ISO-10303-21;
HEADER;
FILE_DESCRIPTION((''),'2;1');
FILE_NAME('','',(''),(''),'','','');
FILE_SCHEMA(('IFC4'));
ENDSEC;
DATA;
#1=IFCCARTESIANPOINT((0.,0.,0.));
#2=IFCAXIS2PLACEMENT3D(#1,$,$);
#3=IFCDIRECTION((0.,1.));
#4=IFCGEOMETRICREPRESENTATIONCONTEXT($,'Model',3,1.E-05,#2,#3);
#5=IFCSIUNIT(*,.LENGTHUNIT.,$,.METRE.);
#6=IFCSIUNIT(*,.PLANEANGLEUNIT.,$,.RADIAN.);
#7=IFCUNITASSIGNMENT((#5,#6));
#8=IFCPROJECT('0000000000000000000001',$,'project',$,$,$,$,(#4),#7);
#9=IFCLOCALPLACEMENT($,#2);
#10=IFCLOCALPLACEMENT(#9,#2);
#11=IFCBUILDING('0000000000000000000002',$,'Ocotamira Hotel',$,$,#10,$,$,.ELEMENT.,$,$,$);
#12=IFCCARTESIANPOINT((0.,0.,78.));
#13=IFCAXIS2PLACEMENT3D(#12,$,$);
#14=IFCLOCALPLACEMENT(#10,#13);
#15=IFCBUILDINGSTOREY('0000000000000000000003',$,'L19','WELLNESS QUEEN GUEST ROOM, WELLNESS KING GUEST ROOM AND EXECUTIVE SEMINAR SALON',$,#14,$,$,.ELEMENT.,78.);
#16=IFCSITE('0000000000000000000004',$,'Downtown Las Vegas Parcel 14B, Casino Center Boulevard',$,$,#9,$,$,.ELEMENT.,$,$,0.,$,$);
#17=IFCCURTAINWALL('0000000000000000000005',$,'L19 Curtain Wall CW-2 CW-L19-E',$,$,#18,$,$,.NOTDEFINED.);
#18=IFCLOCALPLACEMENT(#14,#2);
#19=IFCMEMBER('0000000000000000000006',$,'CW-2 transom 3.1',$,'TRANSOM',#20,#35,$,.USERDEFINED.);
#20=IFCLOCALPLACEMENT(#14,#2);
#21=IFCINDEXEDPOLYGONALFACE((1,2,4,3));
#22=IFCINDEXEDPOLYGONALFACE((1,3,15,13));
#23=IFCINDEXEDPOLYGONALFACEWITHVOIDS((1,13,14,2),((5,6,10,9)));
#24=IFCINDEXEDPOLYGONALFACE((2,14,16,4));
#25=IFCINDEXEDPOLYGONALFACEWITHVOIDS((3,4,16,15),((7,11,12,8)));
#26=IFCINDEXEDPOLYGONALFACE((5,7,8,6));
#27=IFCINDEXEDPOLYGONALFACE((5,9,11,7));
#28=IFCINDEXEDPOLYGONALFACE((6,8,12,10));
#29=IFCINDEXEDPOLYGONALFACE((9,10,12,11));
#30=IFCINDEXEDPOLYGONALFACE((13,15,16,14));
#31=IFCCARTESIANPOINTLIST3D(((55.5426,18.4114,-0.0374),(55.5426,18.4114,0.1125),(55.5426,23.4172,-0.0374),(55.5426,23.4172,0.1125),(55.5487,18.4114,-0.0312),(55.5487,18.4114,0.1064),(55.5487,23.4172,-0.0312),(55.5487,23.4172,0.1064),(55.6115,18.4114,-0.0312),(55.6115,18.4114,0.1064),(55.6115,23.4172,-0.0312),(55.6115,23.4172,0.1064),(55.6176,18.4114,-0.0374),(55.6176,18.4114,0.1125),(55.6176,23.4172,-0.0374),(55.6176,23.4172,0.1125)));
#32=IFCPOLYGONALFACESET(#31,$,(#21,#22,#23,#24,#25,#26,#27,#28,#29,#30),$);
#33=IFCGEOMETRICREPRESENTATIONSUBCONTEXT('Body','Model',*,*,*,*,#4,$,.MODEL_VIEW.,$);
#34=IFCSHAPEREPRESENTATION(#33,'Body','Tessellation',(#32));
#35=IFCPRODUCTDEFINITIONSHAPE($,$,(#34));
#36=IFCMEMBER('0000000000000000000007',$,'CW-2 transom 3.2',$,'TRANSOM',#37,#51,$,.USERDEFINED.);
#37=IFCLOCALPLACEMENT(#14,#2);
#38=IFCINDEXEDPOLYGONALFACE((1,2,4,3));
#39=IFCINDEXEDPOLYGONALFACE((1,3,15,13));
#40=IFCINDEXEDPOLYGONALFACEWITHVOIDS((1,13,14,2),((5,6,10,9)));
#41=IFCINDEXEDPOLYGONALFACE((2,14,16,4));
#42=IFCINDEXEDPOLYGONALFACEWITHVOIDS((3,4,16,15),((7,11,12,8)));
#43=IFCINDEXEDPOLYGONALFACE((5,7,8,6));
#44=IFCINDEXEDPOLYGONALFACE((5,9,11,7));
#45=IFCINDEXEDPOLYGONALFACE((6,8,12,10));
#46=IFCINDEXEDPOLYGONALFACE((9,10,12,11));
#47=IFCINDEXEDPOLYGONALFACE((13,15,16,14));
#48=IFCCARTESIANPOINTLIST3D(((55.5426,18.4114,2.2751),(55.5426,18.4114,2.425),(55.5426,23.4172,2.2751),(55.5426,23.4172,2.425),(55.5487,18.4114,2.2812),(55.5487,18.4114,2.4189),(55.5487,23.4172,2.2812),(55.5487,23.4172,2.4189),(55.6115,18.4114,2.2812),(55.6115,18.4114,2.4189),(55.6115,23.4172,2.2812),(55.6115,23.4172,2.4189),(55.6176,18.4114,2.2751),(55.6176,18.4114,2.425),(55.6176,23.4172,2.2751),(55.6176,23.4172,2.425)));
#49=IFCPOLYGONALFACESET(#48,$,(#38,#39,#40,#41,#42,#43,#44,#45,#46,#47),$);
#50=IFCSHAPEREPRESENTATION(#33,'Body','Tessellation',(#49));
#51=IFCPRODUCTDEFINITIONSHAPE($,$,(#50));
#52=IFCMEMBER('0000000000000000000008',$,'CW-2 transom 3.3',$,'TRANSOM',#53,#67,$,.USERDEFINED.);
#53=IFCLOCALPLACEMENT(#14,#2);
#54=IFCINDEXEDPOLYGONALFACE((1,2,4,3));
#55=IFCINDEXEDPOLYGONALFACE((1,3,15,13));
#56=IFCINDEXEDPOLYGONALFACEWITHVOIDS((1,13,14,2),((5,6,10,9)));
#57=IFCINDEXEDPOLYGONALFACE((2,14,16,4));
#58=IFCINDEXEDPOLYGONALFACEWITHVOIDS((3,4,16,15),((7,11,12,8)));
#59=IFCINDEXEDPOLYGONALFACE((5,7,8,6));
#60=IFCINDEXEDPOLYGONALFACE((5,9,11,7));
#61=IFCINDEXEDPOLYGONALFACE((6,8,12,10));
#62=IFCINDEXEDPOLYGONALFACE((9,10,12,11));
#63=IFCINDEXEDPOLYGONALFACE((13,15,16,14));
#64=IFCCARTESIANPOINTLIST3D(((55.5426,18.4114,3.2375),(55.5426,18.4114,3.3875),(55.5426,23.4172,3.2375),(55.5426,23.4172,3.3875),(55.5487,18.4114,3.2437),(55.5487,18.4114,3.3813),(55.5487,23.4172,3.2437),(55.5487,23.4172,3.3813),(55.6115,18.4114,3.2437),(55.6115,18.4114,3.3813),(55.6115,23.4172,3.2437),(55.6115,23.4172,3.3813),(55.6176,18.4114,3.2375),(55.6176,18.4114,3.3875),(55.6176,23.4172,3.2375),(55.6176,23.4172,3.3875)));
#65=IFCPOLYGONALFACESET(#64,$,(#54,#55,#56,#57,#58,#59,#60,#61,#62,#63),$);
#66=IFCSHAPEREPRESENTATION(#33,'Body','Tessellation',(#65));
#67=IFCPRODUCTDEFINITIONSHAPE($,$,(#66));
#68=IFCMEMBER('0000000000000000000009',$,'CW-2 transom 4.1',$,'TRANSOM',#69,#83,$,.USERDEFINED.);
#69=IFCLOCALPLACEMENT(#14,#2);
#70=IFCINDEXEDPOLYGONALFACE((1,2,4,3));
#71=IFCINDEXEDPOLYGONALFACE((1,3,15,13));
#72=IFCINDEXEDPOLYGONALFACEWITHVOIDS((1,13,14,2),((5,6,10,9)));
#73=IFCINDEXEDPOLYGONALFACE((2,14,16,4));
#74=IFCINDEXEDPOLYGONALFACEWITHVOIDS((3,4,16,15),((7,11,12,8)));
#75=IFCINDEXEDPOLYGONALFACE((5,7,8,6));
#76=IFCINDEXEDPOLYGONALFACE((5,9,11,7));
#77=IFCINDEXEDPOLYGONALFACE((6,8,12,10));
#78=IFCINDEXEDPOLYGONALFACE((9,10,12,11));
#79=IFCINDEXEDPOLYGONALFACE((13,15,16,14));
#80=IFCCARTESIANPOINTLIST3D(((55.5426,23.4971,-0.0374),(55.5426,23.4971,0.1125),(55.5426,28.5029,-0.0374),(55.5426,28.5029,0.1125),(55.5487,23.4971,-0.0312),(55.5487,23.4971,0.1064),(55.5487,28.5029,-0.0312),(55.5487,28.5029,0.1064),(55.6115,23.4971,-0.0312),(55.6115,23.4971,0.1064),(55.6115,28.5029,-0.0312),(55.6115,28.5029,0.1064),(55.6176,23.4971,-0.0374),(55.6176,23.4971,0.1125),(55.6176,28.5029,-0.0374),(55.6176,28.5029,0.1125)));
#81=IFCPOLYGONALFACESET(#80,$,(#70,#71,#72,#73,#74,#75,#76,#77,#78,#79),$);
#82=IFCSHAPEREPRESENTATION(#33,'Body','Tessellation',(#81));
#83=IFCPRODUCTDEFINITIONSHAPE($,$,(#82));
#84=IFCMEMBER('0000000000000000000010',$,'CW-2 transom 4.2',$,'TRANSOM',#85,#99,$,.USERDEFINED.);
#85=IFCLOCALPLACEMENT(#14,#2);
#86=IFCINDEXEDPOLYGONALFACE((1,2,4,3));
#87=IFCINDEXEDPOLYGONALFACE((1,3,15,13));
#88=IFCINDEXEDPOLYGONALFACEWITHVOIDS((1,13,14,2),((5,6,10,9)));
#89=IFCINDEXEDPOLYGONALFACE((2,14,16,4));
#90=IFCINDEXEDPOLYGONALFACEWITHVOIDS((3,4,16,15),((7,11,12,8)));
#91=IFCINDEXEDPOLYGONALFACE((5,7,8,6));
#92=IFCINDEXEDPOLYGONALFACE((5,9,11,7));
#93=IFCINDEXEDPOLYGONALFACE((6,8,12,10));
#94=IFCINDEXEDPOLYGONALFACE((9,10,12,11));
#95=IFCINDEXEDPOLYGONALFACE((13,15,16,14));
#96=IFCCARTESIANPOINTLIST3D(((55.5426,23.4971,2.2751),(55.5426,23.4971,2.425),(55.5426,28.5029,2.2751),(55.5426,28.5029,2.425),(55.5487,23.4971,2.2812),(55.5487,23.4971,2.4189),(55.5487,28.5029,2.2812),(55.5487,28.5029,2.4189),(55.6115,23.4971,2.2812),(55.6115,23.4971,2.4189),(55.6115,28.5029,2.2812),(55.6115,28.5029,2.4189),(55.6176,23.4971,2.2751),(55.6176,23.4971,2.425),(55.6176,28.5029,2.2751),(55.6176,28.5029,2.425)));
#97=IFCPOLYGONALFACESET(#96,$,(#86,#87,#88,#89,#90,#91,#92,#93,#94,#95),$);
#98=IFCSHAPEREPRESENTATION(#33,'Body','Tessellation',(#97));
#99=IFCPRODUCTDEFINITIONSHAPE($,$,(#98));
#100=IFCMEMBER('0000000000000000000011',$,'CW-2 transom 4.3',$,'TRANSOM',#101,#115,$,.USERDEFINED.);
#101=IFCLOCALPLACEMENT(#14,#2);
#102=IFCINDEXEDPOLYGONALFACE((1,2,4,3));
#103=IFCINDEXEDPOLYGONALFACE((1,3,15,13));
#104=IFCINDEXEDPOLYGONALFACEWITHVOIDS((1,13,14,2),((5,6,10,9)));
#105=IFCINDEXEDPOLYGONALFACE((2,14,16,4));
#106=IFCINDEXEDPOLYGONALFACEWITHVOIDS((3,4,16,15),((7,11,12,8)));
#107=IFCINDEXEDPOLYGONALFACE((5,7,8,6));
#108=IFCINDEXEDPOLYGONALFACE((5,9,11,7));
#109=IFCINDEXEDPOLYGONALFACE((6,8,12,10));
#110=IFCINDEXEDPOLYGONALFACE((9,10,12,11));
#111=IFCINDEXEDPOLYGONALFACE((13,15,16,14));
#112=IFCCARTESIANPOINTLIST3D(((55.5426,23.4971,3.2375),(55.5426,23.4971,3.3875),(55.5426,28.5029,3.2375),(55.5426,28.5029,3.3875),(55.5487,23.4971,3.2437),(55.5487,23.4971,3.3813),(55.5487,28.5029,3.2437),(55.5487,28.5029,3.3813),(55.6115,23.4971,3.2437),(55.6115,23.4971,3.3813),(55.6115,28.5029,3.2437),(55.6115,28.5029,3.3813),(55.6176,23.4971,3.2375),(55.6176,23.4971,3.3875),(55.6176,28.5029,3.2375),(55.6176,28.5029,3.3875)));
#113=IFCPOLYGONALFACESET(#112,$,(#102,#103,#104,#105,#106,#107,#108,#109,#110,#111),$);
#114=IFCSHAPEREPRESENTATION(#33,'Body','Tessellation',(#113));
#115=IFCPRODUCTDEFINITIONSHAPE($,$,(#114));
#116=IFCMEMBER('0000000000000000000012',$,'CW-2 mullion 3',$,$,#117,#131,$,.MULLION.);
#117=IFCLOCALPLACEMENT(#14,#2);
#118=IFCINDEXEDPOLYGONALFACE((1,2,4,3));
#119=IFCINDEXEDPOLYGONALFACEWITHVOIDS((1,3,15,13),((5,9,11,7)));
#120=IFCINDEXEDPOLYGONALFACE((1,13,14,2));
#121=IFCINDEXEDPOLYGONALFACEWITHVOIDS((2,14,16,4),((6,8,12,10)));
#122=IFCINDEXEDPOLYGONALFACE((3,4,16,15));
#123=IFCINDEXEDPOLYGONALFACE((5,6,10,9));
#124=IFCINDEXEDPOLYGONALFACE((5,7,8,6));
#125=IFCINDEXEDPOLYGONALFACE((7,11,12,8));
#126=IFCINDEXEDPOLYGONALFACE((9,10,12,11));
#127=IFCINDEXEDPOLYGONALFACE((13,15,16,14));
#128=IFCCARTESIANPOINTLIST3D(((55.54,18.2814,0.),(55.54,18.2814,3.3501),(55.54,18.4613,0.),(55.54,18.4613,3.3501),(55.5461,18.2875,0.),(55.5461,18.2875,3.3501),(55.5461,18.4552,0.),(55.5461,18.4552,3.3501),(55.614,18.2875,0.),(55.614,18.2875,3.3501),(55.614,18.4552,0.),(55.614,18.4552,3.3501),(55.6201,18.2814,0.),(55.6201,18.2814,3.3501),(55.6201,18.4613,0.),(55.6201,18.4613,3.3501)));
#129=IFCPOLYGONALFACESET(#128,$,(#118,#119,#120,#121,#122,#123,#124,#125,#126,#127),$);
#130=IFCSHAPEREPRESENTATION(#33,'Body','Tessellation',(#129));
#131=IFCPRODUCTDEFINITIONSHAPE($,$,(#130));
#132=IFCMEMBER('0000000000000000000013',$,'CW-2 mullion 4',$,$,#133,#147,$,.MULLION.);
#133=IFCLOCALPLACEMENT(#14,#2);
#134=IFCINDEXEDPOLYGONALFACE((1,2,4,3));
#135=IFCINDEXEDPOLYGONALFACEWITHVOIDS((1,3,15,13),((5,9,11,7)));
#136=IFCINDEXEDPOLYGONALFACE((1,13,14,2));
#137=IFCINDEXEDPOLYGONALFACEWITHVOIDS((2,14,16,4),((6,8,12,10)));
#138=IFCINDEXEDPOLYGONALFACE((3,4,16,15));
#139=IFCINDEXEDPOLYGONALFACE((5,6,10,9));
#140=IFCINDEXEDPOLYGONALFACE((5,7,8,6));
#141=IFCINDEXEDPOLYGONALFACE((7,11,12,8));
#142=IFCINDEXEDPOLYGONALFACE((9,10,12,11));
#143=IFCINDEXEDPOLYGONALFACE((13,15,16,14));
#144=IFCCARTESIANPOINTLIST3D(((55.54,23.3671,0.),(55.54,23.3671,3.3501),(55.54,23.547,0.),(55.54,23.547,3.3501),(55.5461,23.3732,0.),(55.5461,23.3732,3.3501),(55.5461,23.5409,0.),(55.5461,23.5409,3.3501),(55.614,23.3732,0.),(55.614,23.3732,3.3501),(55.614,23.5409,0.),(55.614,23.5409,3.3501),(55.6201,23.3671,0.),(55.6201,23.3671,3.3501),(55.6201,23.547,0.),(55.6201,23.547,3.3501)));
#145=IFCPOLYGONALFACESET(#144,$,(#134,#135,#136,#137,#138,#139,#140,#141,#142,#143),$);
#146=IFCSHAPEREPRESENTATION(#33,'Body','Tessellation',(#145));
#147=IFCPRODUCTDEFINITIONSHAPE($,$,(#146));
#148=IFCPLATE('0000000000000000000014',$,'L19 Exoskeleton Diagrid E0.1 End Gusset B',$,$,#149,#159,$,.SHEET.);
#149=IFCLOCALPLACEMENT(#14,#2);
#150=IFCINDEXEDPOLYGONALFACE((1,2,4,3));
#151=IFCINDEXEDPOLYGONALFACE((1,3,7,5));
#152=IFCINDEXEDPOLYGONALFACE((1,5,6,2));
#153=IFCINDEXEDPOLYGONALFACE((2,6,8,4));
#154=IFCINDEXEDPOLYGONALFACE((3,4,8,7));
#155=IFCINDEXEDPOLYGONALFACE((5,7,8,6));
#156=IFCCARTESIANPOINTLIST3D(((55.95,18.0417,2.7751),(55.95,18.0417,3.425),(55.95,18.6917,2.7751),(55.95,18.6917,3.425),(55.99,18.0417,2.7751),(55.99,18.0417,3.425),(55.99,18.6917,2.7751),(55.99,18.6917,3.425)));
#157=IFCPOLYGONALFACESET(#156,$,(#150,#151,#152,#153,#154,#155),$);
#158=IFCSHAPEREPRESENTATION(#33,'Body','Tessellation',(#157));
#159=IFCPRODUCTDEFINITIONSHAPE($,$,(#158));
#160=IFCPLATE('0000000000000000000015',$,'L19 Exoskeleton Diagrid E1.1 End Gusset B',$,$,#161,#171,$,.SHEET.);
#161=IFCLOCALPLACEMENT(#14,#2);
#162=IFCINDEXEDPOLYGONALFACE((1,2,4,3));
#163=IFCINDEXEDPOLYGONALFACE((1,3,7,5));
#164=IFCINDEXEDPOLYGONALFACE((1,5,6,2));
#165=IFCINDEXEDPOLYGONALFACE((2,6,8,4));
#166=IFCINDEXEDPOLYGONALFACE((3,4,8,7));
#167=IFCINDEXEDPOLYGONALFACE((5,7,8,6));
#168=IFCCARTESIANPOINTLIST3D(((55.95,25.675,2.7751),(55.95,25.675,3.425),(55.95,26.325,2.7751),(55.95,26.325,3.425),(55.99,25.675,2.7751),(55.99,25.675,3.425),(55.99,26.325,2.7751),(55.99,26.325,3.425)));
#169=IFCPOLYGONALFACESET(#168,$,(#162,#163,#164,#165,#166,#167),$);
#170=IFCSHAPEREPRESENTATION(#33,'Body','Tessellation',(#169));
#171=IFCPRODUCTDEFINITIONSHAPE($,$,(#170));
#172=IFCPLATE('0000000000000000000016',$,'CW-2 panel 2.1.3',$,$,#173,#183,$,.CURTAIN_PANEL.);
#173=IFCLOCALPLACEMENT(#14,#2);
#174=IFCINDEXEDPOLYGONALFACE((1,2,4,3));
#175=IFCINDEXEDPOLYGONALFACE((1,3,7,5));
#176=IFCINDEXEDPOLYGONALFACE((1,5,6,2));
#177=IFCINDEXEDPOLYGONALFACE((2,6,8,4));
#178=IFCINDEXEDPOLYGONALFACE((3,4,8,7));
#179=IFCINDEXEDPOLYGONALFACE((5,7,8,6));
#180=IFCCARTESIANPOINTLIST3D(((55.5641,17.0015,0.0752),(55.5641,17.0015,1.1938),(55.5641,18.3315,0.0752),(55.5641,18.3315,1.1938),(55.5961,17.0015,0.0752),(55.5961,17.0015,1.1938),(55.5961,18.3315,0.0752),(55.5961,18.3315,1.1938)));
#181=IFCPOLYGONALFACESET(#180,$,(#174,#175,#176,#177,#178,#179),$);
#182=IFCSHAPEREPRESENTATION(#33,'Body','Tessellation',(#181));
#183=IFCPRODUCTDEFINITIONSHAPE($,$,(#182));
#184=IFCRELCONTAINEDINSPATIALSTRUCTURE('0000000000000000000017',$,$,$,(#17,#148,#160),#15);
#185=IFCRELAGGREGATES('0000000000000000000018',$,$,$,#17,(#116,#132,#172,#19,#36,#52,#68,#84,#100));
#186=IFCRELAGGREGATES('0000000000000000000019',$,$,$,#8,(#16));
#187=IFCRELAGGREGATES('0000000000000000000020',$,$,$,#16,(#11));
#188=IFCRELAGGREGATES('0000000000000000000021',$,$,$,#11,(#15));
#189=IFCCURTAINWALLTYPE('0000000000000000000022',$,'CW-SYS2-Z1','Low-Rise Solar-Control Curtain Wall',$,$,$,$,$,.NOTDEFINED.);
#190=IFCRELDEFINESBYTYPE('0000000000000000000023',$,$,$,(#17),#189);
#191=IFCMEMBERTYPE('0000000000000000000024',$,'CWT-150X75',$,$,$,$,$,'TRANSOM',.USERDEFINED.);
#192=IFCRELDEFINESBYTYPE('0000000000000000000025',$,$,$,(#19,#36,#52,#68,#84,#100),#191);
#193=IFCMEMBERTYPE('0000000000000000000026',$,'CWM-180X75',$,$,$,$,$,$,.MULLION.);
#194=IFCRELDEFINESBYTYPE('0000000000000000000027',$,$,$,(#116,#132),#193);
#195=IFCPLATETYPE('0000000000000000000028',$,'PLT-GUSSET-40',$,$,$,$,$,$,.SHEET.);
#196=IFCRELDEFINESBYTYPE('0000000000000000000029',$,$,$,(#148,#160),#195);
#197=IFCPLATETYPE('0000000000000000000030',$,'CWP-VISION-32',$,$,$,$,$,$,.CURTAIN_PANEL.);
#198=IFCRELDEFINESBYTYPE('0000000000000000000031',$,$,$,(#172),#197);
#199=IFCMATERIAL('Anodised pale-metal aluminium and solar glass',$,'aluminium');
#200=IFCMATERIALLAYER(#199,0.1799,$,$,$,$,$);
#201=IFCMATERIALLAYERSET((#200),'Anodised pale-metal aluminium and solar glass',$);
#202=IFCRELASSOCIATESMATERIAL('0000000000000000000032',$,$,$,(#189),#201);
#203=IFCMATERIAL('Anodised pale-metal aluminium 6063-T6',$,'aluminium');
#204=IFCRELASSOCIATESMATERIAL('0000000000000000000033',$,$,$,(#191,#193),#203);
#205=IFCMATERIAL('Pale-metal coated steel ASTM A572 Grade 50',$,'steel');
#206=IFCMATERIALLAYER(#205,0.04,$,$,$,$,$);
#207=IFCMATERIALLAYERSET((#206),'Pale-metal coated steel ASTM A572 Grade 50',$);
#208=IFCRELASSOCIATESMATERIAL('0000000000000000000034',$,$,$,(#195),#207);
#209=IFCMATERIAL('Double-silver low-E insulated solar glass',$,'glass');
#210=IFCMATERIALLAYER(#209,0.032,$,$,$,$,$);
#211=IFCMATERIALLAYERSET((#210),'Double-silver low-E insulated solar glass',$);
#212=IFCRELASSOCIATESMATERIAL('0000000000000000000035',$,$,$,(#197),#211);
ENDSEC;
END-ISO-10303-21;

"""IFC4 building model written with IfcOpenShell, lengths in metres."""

from ifc_helpers import new_model, si_unit, direction, frame, origin, origin_2d, place, context, subcontext, project, spatial, rectangle, hollow_rectangle, extrude, source, transform, mapped, material, layer, layer_set, material_profile, profile_set, type_object, element, aggregate, save


model = new_model("IFC4")

# Units and contexts
model_context = context("Model", 3, precision=1e-05, world=origin(), true_north=direction((0.0, 1.0)))
body_context = subcontext(model_context, "Body", "Model", "MODEL_VIEW")
ifc_project = project(units=[si_unit("LENGTHUNIT", "METRE"), si_unit("PLANEANGLEUNIT", "RADIAN")], contexts=[model_context])

# Site, building, storey
site_placement = place(None, origin())
site = spatial("IfcSite", under=ifc_project, at=site_placement, Name="Downtown Las Vegas Parcel 14B, Casino Center Boulevard", CompositionType="ELEMENT", RefElevation=0.0)
building_placement = place(site_placement, origin())
building = spatial("IfcBuilding", under=site, at=building_placement, Name="Ocotamira Hotel", CompositionType="ELEMENT")
storey_placement = place(building_placement, frame((0.0, 0.0, 78.0)))
storey = spatial("IfcBuildingStorey", under=building, at=storey_placement, Name="L19", Description="WELLNESS QUEEN GUEST ROOM, WELLNESS KING GUEST ROOM AND EXECUTIVE SEMINAR SALON", CompositionType="ELEMENT", Elevation=78.0)

# Curtain wall, members
ifc_material_1 = material(Name="Anodised pale-metal aluminium and solar glass", Category="aluminium")
ifc_layer_1 = layer(ifc_material_1, 0.1799)
ifc_layer_set_1 = layer_set([ifc_layer_1], Name="Anodised pale-metal aluminium and solar glass")
curtain_wall_type = type_object("IfcCurtainWallType", Name="CW-SYS2-Z1", Description="Low-Rise Solar-Control Curtain Wall", PredefinedType="NOTDEFINED", material=ifc_layer_set_1)
curtain_wall_placement = place(storey_placement, origin())
curtain_wall = element("IfcCurtainWall", 1, at=curtain_wall_placement, inside=storey, type_object=curtain_wall_type, Name="L19 Curtain Wall CW-2 CW-L19-E", PredefinedType="NOTDEFINED")
ifc_material_2 = material(Name="Anodised pale-metal aluminium 6063-T6", Category="aluminium")
ifc_material_profile_1 = material_profile(ifc_material_2, hollow_rectangle(XDim=0.075, YDim=0.1499, WallThickness=0.0061, at=origin_2d()), Name="HSS150X75X6")
ifc_profile_set_1 = profile_set([ifc_material_profile_1], Name="Anodised pale-metal aluminium 6063-T6")
member_type_1 = type_object("IfcMemberType", Name="CWT-150X75", ElementType="TRANSOM", PredefinedType="USERDEFINED", material=ifc_profile_set_1)
shared_shape_1 = source(origin(), body_context, "Body", "SweptSolid", [
    extrude(hollow_rectangle(XDim=0.075, YDim=0.1499, WallThickness=0.0061, at=origin_2d()), origin(), (0.0, 0.0, 1.0), 5.0059),
])
member_1_placement = place(storey_placement, frame((55.5801, 18.4114, 0.0376), z_axis=(0.0, 1.0, 0.0), x_axis=(-1.0, 0.0, 0.0)))
member_1 = element("IfcMember", 2, at=member_1_placement, type_object=member_type_1, Name="CW-2 transom 3.1", ObjectType="TRANSOM", PredefinedType="USERDEFINED", context=body_context, shape_type="MappedRepresentation", body=[
    mapped(shared_shape_1, transform((0.0, 0.0, 0.0), scale=1.0)),
])
member_2_placement = place(storey_placement, frame((55.5801, 18.4114, 2.3501), z_axis=(0.0, 1.0, 0.0), x_axis=(-1.0, 0.0, 0.0)))
member_2 = element("IfcMember", 3, at=member_2_placement, type_object=member_type_1, Name="CW-2 transom 3.2", ObjectType="TRANSOM", PredefinedType="USERDEFINED", context=body_context, shape_type="MappedRepresentation", body=[
    mapped(shared_shape_1, transform((0.0, 0.0, 0.0), scale=1.0)),
])
member_3_placement = place(storey_placement, frame((55.5801, 18.4114, 3.3125), z_axis=(0.0, 1.0, 0.0), x_axis=(-1.0, 0.0, 0.0)))
member_3 = element("IfcMember", 4, at=member_3_placement, type_object=member_type_1, Name="CW-2 transom 3.3", ObjectType="TRANSOM", PredefinedType="USERDEFINED", context=body_context, shape_type="MappedRepresentation", body=[
    mapped(shared_shape_1, transform((0.0, 0.0, 0.0), scale=1.0)),
])
member_4_placement = place(storey_placement, frame((55.5801, 23.4971, 0.0376), z_axis=(0.0, 1.0, 0.0), x_axis=(-1.0, 0.0, 0.0)))
member_4 = element("IfcMember", 5, at=member_4_placement, type_object=member_type_1, Name="CW-2 transom 4.1", ObjectType="TRANSOM", PredefinedType="USERDEFINED", context=body_context, shape_type="MappedRepresentation", body=[
    mapped(shared_shape_1, transform((0.0, 0.0, 0.0), scale=1.0)),
])
member_5_placement = place(storey_placement, frame((55.5801, 23.4971, 2.3501), z_axis=(0.0, 1.0, 0.0), x_axis=(-1.0, 0.0, 0.0)))
member_5 = element("IfcMember", 6, at=member_5_placement, type_object=member_type_1, Name="CW-2 transom 4.2", ObjectType="TRANSOM", PredefinedType="USERDEFINED", context=body_context, shape_type="MappedRepresentation", body=[
    mapped(shared_shape_1, transform((0.0, 0.0, 0.0), scale=1.0)),
])
member_6_placement = place(storey_placement, frame((55.5801, 23.4971, 3.3125), z_axis=(0.0, 1.0, 0.0), x_axis=(-1.0, 0.0, 0.0)))
member_6 = element("IfcMember", 7, at=member_6_placement, type_object=member_type_1, Name="CW-2 transom 4.3", ObjectType="TRANSOM", PredefinedType="USERDEFINED", context=body_context, shape_type="MappedRepresentation", body=[
    mapped(shared_shape_1, transform((0.0, 0.0, 0.0), scale=1.0)),
])
ifc_material_profile_2 = material_profile(ifc_material_2, hollow_rectangle(XDim=0.0801, YDim=0.1799, WallThickness=0.0061, at=origin_2d()), Name="HSS180X80X6")
ifc_profile_set_2 = profile_set([ifc_material_profile_2], Name="Anodised pale-metal aluminium 6063-T6")
member_type_2 = type_object("IfcMemberType", Name="CWM-180X75", PredefinedType="MULLION", material=ifc_profile_set_2)
shared_shape_2 = source(origin(), body_context, "Body", "SweptSolid", [
    extrude(hollow_rectangle(XDim=0.0801, YDim=0.1799, WallThickness=0.0061, at=origin_2d()), origin(), (0.0, 0.0, 1.0), 3.3501),
])
member_7_placement = place(storey_placement, frame((55.5801, 18.3713, 0.0), z_axis=(0.0, 0.0, 1.0), x_axis=(-1.0, 0.0, 0.0)))
member_7 = element("IfcMember", 8, at=member_7_placement, type_object=member_type_2, Name="CW-2 mullion 3", PredefinedType="MULLION", context=body_context, shape_type="MappedRepresentation", body=[
    mapped(shared_shape_2, transform((0.0, 0.0, 0.0), scale=1.0)),
])
member_8_placement = place(storey_placement, frame((55.5801, 23.457, 0.0), z_axis=(0.0, 0.0, 1.0), x_axis=(-1.0, 0.0, 0.0)))
member_8 = element("IfcMember", 9, at=member_8_placement, type_object=member_type_2, Name="CW-2 mullion 4", PredefinedType="MULLION", context=body_context, shape_type="MappedRepresentation", body=[
    mapped(shared_shape_2, transform((0.0, 0.0, 0.0), scale=1.0)),
])

# Plates
ifc_material_3 = material(Name="Pale-metal coated steel ASTM A572 Grade 50", Category="steel")
ifc_layer_2 = layer(ifc_material_3, 0.04)
ifc_layer_set_2 = layer_set([ifc_layer_2], Name="Pale-metal coated steel ASTM A572 Grade 50")
plate_type_1 = type_object("IfcPlateType", Name="PLT-GUSSET-40", PredefinedType="SHEET", material=ifc_layer_set_2)
shared_shape_3 = source(origin(), body_context, "Body", "SweptSolid", [
    extrude(rectangle(XDim=0.04, YDim=0.6499, at=origin_2d()), origin(), (0.0, 0.0, 1.0), 0.6499),
])
for number, where, z_axis, x_axis, name in (
    (10, (55.97, 18.3667, 2.7751), (0.0, 0.0, 1.0), (1.0, 0.0, 0.0), "L19 Exoskeleton Diagrid E0.1 End Gusset B"),
    (11, (55.97, 26.0, 2.7751), (0.0, 0.0, 1.0), (1.0, 0.0, 0.0), "L19 Exoskeleton Diagrid E1.1 End Gusset B"),
):
    element("IfcPlate", number, at=place(storey_placement, frame(where, z_axis=z_axis, x_axis=x_axis)), inside=storey, type_object=plate_type_1, Name=name, PredefinedType="SHEET", context=body_context, shape_type="MappedRepresentation", body=[
        mapped(shared_shape_3, transform((0.0, 0.0, 0.0), scale=1.0)),
    ])

# Plate
ifc_material_4 = material(Name="Double-silver low-E insulated solar glass", Category="glass")
ifc_layer_3 = layer(ifc_material_4, 0.032)
ifc_layer_set_3 = layer_set([ifc_layer_3], Name="Double-silver low-E insulated solar glass")
plate_type_2 = type_object("IfcPlateType", Name="CWP-VISION-32", PredefinedType="CURTAIN_PANEL", material=ifc_layer_set_3)
shared_shape_4 = source(origin(), body_context, "Body", "SweptSolid", [
    extrude(rectangle(XDim=1.3301, YDim=0.032, at=origin_2d()), origin(), (0.0, 0.0, 1.0), 1.1187),
])
plate_1_placement = place(storey_placement, frame((55.5801, 17.6665, 0.0752), z_axis=(0.0, 0.0, 1.0), x_axis=(0.0, 1.0, 0.0)))
plate_1 = element("IfcPlate", 12, at=plate_1_placement, type_object=plate_type_2, Name="CW-2 panel 2.1.3", PredefinedType="CURTAIN_PANEL", context=body_context, shape_type="MappedRepresentation", body=[
    mapped(shared_shape_4, transform((0.0, 0.0, 0.0), scale=1.0)),
])
aggregate(curtain_wall, [member_7, member_8, plate_1, member_1, member_2, member_3, member_4, member_5, member_6])

save(model, "model.ifc")
